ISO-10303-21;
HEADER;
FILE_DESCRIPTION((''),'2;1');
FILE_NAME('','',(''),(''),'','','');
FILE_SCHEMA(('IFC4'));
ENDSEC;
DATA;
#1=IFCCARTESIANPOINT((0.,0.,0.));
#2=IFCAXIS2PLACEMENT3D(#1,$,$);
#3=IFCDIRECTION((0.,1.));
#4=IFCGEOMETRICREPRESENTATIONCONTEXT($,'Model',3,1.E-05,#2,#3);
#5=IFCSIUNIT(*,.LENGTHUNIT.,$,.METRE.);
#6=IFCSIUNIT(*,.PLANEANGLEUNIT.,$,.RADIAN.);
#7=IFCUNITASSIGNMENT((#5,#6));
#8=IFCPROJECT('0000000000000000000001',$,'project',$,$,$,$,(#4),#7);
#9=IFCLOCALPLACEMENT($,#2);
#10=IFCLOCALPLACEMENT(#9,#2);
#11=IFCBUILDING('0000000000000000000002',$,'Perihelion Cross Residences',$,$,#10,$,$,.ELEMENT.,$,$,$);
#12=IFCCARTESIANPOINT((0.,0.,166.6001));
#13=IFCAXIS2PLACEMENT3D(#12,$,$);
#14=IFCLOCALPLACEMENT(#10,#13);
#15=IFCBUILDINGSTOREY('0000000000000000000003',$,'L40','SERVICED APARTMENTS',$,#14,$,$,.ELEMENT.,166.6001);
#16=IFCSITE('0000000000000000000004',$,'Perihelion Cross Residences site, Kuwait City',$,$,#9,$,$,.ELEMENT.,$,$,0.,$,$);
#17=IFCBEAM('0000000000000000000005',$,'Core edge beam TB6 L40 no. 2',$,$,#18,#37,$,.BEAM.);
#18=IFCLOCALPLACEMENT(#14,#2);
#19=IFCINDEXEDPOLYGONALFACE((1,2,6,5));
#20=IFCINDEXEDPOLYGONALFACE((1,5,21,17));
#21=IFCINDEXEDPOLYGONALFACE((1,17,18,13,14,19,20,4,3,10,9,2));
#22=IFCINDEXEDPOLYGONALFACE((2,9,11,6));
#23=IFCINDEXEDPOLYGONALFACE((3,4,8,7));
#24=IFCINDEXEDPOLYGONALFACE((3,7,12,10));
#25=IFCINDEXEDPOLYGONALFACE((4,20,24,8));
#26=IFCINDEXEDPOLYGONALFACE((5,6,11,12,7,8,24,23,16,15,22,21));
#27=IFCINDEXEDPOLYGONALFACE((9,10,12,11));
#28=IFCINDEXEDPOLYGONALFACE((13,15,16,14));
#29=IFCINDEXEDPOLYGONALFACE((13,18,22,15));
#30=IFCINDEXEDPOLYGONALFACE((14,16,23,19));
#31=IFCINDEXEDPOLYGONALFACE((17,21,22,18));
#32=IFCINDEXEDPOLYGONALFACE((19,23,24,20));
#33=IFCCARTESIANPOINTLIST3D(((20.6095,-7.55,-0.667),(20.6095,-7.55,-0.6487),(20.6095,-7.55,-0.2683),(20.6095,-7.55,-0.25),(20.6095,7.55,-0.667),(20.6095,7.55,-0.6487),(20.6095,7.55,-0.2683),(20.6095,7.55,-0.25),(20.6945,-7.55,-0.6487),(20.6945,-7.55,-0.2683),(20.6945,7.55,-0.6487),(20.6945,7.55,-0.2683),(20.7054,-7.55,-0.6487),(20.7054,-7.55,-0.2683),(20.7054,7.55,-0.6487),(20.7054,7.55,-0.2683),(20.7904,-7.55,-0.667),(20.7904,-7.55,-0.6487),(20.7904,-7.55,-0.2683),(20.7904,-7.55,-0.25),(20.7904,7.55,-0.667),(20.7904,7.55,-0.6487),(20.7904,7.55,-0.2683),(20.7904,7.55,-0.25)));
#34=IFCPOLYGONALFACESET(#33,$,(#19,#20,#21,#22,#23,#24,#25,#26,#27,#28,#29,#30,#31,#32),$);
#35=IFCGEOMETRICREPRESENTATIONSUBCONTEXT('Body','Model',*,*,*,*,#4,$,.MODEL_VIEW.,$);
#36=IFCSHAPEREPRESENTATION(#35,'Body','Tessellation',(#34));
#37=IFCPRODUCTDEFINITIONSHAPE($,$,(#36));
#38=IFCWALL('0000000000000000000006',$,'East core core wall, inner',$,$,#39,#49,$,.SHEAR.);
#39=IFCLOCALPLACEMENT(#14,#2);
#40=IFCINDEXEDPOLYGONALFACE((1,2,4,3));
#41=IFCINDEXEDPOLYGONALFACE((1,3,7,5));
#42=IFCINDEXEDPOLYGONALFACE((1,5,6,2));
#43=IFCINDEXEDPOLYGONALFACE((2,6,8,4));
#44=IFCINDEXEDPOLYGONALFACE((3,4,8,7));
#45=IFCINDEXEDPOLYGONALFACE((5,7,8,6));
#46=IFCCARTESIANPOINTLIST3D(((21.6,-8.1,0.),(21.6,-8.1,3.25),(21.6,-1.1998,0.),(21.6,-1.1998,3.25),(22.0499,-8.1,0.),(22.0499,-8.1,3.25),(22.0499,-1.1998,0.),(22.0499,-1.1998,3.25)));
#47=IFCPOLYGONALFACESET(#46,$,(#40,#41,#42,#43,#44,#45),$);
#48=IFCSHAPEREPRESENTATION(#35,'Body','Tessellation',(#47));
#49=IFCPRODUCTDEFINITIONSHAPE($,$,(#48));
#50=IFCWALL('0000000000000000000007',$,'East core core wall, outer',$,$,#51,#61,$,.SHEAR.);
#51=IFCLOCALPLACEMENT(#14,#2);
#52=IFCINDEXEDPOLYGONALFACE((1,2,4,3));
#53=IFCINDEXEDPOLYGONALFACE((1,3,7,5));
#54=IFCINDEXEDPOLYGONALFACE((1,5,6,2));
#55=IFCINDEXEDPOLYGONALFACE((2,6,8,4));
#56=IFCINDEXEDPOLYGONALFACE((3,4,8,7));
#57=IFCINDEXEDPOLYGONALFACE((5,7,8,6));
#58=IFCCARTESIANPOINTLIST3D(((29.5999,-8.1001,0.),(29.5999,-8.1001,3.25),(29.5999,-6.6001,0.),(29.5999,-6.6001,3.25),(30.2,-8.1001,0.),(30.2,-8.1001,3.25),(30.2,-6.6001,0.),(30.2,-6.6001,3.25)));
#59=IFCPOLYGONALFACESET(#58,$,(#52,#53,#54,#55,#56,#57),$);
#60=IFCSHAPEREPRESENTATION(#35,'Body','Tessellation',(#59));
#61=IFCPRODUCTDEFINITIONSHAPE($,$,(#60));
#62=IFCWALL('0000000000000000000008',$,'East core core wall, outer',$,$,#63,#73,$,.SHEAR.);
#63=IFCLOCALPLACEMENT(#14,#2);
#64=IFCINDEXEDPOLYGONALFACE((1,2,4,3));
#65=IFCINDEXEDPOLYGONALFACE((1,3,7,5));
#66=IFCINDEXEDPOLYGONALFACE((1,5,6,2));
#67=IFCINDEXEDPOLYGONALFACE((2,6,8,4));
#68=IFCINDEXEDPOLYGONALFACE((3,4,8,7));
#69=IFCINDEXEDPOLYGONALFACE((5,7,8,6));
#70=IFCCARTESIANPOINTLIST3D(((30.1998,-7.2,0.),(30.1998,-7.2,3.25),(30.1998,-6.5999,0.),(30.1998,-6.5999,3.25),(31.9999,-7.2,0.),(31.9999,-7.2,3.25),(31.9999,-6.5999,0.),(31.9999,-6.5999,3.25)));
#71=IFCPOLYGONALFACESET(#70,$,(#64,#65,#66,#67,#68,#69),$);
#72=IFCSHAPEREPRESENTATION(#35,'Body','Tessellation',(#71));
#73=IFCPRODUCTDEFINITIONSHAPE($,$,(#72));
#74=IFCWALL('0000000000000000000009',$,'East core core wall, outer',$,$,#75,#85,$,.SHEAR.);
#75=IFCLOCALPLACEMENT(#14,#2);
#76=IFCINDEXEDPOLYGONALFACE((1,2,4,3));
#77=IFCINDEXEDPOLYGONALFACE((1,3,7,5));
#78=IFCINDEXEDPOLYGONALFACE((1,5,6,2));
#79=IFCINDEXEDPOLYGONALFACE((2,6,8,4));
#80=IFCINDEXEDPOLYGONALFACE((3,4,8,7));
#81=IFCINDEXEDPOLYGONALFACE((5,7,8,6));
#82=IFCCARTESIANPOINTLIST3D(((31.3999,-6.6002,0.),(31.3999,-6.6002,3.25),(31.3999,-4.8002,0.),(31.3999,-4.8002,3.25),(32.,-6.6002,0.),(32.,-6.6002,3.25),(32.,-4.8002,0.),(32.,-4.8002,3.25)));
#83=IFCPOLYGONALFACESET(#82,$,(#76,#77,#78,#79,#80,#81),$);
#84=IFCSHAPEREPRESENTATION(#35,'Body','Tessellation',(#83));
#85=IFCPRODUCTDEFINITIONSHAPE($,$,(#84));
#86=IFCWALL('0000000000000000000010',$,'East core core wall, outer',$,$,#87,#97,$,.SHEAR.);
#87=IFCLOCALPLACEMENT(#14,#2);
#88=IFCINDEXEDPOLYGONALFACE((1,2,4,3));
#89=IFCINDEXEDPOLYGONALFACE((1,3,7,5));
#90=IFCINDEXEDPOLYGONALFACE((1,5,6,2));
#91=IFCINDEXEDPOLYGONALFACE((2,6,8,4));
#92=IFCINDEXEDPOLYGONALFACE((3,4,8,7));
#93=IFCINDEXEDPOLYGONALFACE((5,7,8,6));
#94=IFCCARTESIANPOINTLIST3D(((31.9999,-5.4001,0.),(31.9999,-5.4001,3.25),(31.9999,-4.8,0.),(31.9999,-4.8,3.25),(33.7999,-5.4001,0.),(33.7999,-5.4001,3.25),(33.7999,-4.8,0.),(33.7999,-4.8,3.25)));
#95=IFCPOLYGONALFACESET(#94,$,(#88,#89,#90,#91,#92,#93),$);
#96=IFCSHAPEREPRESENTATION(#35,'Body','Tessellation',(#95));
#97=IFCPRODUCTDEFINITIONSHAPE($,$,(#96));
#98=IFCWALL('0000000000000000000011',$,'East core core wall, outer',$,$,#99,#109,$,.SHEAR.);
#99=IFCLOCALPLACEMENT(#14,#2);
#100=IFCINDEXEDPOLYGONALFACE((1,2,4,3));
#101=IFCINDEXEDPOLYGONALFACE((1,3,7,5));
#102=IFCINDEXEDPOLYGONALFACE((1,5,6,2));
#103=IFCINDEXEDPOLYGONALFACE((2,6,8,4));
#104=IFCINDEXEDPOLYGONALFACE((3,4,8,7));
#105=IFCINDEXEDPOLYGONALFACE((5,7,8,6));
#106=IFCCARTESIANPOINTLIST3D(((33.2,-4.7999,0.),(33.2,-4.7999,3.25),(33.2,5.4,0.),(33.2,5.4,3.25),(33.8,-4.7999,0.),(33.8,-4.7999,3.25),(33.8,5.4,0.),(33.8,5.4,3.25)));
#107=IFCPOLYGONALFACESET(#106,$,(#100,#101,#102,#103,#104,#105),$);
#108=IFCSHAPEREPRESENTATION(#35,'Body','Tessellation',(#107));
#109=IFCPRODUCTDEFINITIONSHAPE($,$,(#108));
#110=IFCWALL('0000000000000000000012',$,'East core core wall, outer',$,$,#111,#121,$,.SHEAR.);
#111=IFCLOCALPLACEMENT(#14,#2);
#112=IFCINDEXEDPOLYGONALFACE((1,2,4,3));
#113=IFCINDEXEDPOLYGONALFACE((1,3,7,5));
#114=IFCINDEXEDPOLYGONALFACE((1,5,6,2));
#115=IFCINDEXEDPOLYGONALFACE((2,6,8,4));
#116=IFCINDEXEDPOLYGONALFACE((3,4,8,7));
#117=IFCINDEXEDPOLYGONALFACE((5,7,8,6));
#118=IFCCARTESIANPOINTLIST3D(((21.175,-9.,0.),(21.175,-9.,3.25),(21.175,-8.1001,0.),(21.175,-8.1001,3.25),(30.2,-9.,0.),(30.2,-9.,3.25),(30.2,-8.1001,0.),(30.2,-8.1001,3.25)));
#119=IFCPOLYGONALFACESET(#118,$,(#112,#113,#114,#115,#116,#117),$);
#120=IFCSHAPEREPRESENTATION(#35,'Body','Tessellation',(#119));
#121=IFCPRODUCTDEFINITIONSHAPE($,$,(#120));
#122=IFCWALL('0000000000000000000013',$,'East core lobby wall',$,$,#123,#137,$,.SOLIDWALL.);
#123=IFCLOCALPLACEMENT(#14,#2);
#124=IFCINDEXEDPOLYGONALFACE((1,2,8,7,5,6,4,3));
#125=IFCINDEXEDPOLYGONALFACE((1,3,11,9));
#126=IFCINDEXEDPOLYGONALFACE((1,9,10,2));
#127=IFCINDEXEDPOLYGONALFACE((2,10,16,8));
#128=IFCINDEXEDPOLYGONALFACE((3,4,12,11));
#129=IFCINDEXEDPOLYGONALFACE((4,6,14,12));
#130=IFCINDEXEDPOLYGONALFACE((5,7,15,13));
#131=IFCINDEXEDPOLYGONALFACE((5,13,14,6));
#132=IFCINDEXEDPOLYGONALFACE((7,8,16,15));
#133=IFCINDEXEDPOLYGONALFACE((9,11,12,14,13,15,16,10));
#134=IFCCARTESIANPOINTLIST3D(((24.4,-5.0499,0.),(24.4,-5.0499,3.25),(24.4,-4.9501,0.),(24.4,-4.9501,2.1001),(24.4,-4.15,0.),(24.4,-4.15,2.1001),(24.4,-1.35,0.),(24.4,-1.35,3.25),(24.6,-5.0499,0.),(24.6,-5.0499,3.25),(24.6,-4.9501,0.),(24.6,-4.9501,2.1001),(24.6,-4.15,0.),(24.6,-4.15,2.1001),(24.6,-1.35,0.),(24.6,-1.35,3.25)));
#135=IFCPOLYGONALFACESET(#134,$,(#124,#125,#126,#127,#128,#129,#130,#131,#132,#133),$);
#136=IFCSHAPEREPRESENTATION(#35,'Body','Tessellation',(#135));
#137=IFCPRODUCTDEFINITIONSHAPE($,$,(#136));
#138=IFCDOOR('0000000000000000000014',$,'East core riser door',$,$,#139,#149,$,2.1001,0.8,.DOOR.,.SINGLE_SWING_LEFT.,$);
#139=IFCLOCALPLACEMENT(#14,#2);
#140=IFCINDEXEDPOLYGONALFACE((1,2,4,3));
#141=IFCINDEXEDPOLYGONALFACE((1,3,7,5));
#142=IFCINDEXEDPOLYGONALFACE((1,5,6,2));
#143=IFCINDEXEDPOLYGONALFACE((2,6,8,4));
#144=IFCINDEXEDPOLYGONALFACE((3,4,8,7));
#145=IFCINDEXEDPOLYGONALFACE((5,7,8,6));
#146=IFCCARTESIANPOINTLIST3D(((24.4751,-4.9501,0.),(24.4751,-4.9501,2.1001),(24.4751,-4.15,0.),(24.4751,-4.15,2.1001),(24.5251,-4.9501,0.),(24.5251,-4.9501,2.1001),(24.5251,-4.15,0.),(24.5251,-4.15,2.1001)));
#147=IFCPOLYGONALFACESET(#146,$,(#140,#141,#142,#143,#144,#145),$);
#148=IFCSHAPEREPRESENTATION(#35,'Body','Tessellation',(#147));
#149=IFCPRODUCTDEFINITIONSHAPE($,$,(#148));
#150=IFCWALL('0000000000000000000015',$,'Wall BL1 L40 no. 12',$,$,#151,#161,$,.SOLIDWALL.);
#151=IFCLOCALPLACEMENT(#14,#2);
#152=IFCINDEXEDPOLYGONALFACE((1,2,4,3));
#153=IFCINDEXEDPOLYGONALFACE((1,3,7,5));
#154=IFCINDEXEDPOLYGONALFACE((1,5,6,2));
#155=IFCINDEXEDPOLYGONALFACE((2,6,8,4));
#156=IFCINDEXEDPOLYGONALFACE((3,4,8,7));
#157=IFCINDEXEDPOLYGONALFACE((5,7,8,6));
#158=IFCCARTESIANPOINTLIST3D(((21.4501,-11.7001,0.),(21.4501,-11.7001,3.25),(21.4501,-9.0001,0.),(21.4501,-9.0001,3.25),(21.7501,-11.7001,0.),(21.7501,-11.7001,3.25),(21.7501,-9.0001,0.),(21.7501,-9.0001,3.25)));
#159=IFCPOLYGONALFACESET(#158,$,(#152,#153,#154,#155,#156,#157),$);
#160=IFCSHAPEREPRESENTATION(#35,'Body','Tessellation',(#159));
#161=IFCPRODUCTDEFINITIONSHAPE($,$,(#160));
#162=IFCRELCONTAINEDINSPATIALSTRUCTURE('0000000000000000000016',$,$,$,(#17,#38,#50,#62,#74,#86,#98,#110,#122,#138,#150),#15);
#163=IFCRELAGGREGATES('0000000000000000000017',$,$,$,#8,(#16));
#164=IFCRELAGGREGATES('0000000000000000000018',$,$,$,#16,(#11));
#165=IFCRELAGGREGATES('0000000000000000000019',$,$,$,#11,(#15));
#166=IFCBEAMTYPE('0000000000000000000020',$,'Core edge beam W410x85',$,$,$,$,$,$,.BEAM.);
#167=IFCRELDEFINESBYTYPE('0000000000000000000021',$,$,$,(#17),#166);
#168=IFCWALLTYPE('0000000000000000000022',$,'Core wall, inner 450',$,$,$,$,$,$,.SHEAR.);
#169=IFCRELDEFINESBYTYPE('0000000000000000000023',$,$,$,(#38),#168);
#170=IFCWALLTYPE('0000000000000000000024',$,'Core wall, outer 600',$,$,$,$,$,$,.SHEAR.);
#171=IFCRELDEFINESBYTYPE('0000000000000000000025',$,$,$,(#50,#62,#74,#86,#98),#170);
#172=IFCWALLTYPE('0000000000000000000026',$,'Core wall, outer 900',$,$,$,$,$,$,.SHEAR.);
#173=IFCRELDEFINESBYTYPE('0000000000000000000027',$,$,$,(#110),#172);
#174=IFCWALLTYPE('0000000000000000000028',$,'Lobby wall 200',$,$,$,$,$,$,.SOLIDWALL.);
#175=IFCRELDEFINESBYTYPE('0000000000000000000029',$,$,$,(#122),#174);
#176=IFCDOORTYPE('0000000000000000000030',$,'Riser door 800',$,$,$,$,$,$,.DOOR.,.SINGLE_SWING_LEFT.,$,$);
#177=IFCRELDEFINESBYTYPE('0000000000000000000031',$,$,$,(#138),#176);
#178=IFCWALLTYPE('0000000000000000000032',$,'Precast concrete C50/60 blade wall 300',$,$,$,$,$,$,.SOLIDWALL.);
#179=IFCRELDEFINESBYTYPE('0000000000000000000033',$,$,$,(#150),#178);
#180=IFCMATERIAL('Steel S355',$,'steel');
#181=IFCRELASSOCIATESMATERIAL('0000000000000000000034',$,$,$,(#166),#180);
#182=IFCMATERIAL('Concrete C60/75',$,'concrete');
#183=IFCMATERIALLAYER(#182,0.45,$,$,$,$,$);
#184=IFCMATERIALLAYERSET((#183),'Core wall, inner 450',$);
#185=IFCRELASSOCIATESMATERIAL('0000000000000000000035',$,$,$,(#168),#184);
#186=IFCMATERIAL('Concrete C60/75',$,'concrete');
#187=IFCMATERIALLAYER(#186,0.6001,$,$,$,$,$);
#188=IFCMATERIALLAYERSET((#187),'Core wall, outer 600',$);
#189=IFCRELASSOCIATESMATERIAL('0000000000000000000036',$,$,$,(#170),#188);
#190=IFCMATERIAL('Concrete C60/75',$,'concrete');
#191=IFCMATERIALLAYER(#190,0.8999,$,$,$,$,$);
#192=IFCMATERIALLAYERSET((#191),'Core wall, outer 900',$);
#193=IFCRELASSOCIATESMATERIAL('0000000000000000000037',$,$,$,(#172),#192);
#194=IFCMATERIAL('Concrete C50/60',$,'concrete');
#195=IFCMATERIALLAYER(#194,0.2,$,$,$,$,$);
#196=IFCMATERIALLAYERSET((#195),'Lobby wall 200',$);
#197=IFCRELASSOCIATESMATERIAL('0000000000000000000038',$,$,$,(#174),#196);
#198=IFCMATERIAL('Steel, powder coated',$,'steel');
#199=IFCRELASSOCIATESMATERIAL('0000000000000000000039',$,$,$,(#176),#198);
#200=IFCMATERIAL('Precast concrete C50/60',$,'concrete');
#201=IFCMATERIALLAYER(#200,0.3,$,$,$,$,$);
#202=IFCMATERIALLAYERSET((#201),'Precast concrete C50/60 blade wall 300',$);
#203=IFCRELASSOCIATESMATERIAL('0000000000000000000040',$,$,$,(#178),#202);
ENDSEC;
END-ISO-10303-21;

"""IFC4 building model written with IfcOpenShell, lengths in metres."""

from ifc_helpers import new_model, si_unit, direction, frame, frame_2d, origin, origin_2d, place, context, subcontext, project, spatial, rectangle, i_section, extrude, material, layer, layer_set, material_profile, profile_set, type_object, element, fill, save


model = new_model("IFC4")

# Units and contexts
model_context = context("Model", 3, precision=1e-05, world=origin(), true_north=direction((0.0, 1.0)))
body_context = subcontext(model_context, "Body", "Model", "MODEL_VIEW")
ifc_project = project(units=[si_unit("LENGTHUNIT", "METRE"), si_unit("PLANEANGLEUNIT", "RADIAN")], contexts=[model_context])

# Site, building, storey
site_placement = place(None, origin())
site = spatial("IfcSite", under=ifc_project, at=site_placement, Name="Perihelion Cross Residences site, Kuwait City", CompositionType="ELEMENT", RefElevation=0.0)
building_placement = place(site_placement, origin())
building = spatial("IfcBuilding", under=site, at=building_placement, Name="Perihelion Cross Residences", CompositionType="ELEMENT")
storey_placement = place(building_placement, frame((0.0, 0.0, 166.6001)))
storey = spatial("IfcBuildingStorey", under=building, at=storey_placement, Name="L40", Description="SERVICED APARTMENTS", CompositionType="ELEMENT", Elevation=166.6001)

# Beam
ifc_material_1 = material(Name="Steel S355", Category="steel")
ifc_material_profile_1 = material_profile(ifc_material_1, i_section(OverallWidth=0.1809, OverallDepth=0.417, WebThickness=0.011, FlangeThickness=0.0183, at=origin_2d()), Name="W410x85")
ifc_profile_set_1 = profile_set([ifc_material_profile_1], Name="Steel S355")
beam_type = type_object("IfcBeamType", Name="Core edge beam W410x85", PredefinedType="BEAM", material=ifc_profile_set_1)
beam_placement = place(storey_placement, frame((20.7, -7.55, -0.4585), z_axis=(0.0, 1.0, 0.0), x_axis=(-1.0, 0.0, 0.0)))
element("IfcBeam", 1, at=beam_placement, inside=storey, type_object=beam_type, Name="Core edge beam TB6 L40 no. 2", PredefinedType="BEAM", context=body_context, shape_type="SweptSolid", body=[
    extrude(i_section(OverallWidth=0.1809, OverallDepth=0.417, WebThickness=0.011, FlangeThickness=0.0183, at=origin_2d()), origin(), (0.0, 0.0, 1.0), 15.1001),
])

# Walls
ifc_material_2 = material(Name="Concrete C60/75", Category="concrete")
ifc_layer_1 = layer(ifc_material_2, 0.45)
ifc_layer_set_1 = layer_set([ifc_layer_1], Name="Core wall, inner 450")
wall_type_1 = type_object("IfcWallType", Name="Core wall, inner 450", PredefinedType="SHEAR", material=ifc_layer_set_1)
wall_1_placement = place(storey_placement, frame((21.825, -8.1001, 0.0), z_axis=(0.0, 0.0, 1.0), x_axis=(0.0, 1.0, 0.0)))
element("IfcWall", 2, at=wall_1_placement, inside=storey, type_object=wall_type_1, Name="East core core wall, inner", PredefinedType="SHEAR", context=body_context, shape_type="SweptSolid", body=[
    extrude(rectangle(XDim=6.9001, YDim=0.45, at=frame_2d((3.4502, 0.0))), origin(), (0.0, 0.0, 1.0), 3.25),
])
ifc_material_3 = material(Name="Concrete C60/75", Category="concrete")
ifc_layer_2 = layer(ifc_material_3, 0.6001)
ifc_layer_set_2 = layer_set([ifc_layer_2], Name="Core wall, outer 600")
wall_type_2 = type_object("IfcWallType", Name="Core wall, outer 600", PredefinedType="SHEAR", material=ifc_layer_set_2)
wall_2_placement = place(storey_placement, frame((29.8999, -8.1001, 0.0), z_axis=(0.0, 0.0, 1.0), x_axis=(0.0, 1.0, 0.0)))
element("IfcWall", 3, at=wall_2_placement, inside=storey, type_object=wall_type_2, Name="East core core wall, outer", PredefinedType="SHEAR", context=body_context, shape_type="SweptSolid", body=[
    extrude(rectangle(XDim=1.5, YDim=0.6001, at=frame_2d((0.75, 0.0))), origin(), (0.0, 0.0, 1.0), 3.25),
])
for number, where, z_axis, x_axis, name in (
    (4, (30.2, -6.8999, 0.0), (0.0, 0.0, 1.0), (1.0, 0.0, 0.0), "East core core wall, outer"),
    (5, (31.7, -6.6001, 0.0), (0.0, 0.0, 1.0), (0.0, 1.0, 0.0), "East core core wall, outer"),
    (6, (32.0, -5.1001, 0.0), (0.0, 0.0, 1.0), (1.0, 0.0, 0.0), "East core core wall, outer"),
):
    element("IfcWall", number, at=place(storey_placement, frame(where, z_axis=z_axis, x_axis=x_axis)), inside=storey, type_object=wall_type_2, Name=name, PredefinedType="SHEAR", context=body_context, shape_type="SweptSolid", body=[
        extrude(rectangle(XDim=1.8, YDim=0.6001, at=frame_2d((0.8999, 0.0))), origin(), (0.0, 0.0, 1.0), 3.25),
    ])
wall_3_placement = place(storey_placement, frame((33.5, -4.8, 0.0), z_axis=(0.0, 0.0, 1.0), x_axis=(0.0, 1.0, 0.0)))
element("IfcWall", 7, at=wall_3_placement, inside=storey, type_object=wall_type_2, Name="East core core wall, outer", PredefinedType="SHEAR", context=body_context, shape_type="SweptSolid", body=[
    extrude(rectangle(XDim=10.2, YDim=0.6001, at=frame_2d((5.1001, 0.0))), origin(), (0.0, 0.0, 1.0), 3.25),
])
ifc_material_4 = material(Name="Concrete C60/75", Category="concrete")
ifc_layer_3 = layer(ifc_material_4, 0.8999)
ifc_layer_set_3 = layer_set([ifc_layer_3], Name="Core wall, outer 900")
wall_type_3 = type_object("IfcWallType", Name="Core wall, outer 900", PredefinedType="SHEAR", material=ifc_layer_set_3)
wall_4_placement = place(storey_placement, frame((21.175, -8.55, 0.0), z_axis=(0.0, 0.0, 1.0), x_axis=(1.0, 0.0, 0.0)))
element("IfcWall", 8, at=wall_4_placement, inside=storey, type_object=wall_type_3, Name="East core core wall, outer", PredefinedType="SHEAR", context=body_context, shape_type="SweptSolid", body=[
    extrude(rectangle(XDim=9.0249, YDim=0.8999, at=frame_2d((4.5125, 0.0))), origin(), (0.0, 0.0, 1.0), 3.25),
])

# Wall, opening, door
ifc_material_5 = material(Name="Concrete C50/60", Category="concrete")
ifc_layer_4 = layer(ifc_material_5, 0.2)
ifc_layer_set_4 = layer_set([ifc_layer_4], Name="Lobby wall 200")
wall_type_4 = type_object("IfcWallType", Name="Lobby wall 200", PredefinedType="SOLIDWALL", material=ifc_layer_set_4)
wall_5_placement = place(storey_placement, frame((24.5, -5.05, 0.0), z_axis=(0.0, 0.0, 1.0), x_axis=(0.0, 1.0, 0.0)))
wall_5 = element("IfcWall", 9, at=wall_5_placement, inside=storey, type_object=wall_type_4, Name="East core lobby wall", PredefinedType="SOLIDWALL", context=body_context, shape_type="SweptSolid", body=[
    extrude(rectangle(XDim=3.7, YDim=0.2, at=frame_2d((1.8501, 0.0))), origin(), (0.0, 0.0, 1.0), 3.25),
])
opening_1_placement = place(wall_5_placement, frame((0.1001, 0.0, 0.0)))
opening_1 = element("IfcOpeningElement", 10, at=opening_1_placement, cuts=wall_5, PredefinedType="OPENING", context=body_context, shape_type="SweptSolid", body=[
    extrude(rectangle(XDim=0.8, YDim=2.1001, at=frame_2d((0.3999, 1.05))), frame((0.0, 0.1099, 0.0), z_axis=(0.0, -1.0, 0.0), x_axis=(1.0, 0.0, 0.0)), (0.0, 0.0, 1.0), 0.22),
])
ifc_material_6 = material(Name="Steel, powder coated", Category="steel")
door_type_1 = type_object("IfcDoorType", Name="Riser door 800", OperationType="SINGLE_SWING_LEFT", PredefinedType="DOOR", material=ifc_material_6)
door_1_placement = place(opening_1_placement, origin())
door_1 = element("IfcDoor", 11, at=door_1_placement, inside=storey, type_object=door_type_1, Name="East core riser door", OperationType="SINGLE_SWING_LEFT", OverallHeight=2.1001, OverallWidth=0.8, PredefinedType="DOOR", context=body_context, shape_type="SweptSolid", body=[
    extrude(rectangle(XDim=0.8, YDim=2.1001, at=frame_2d((0.3999, 1.05))), frame((0.0, 0.0249, 0.0), z_axis=(0.0, -1.0, 0.0), x_axis=(1.0, 0.0, 0.0)), (0.0, 0.0, 1.0), 0.05),
])
fill(opening_1, door_1)

# Wall
ifc_material_7 = material(Name="Precast concrete C50/60", Category="concrete")
ifc_layer_5 = layer(ifc_material_7, 0.3)
ifc_layer_set_5 = layer_set([ifc_layer_5], Name="Precast concrete C50/60 blade wall 300")
wall_type_5 = type_object("IfcWallType", Name="Precast concrete C50/60 blade wall 300", PredefinedType="SOLIDWALL", material=ifc_layer_set_5)
wall_6_placement = place(storey_placement, frame((21.6001, -9.0, 0.0), z_axis=(0.0, 0.0, 1.0), x_axis=(0.0, -1.0, 0.0)))
element("IfcWall", 12, at=wall_6_placement, inside=storey, type_object=wall_type_5, Name="Wall BL1 L40 no. 12", PredefinedType="SOLIDWALL", context=body_context, shape_type="SweptSolid", body=[
    extrude(rectangle(XDim=2.7, YDim=0.3, at=frame_2d((1.3501, 0.0))), origin(), (0.0, 0.0, 1.0), 3.25),
])

save(model, "model.ifc")
